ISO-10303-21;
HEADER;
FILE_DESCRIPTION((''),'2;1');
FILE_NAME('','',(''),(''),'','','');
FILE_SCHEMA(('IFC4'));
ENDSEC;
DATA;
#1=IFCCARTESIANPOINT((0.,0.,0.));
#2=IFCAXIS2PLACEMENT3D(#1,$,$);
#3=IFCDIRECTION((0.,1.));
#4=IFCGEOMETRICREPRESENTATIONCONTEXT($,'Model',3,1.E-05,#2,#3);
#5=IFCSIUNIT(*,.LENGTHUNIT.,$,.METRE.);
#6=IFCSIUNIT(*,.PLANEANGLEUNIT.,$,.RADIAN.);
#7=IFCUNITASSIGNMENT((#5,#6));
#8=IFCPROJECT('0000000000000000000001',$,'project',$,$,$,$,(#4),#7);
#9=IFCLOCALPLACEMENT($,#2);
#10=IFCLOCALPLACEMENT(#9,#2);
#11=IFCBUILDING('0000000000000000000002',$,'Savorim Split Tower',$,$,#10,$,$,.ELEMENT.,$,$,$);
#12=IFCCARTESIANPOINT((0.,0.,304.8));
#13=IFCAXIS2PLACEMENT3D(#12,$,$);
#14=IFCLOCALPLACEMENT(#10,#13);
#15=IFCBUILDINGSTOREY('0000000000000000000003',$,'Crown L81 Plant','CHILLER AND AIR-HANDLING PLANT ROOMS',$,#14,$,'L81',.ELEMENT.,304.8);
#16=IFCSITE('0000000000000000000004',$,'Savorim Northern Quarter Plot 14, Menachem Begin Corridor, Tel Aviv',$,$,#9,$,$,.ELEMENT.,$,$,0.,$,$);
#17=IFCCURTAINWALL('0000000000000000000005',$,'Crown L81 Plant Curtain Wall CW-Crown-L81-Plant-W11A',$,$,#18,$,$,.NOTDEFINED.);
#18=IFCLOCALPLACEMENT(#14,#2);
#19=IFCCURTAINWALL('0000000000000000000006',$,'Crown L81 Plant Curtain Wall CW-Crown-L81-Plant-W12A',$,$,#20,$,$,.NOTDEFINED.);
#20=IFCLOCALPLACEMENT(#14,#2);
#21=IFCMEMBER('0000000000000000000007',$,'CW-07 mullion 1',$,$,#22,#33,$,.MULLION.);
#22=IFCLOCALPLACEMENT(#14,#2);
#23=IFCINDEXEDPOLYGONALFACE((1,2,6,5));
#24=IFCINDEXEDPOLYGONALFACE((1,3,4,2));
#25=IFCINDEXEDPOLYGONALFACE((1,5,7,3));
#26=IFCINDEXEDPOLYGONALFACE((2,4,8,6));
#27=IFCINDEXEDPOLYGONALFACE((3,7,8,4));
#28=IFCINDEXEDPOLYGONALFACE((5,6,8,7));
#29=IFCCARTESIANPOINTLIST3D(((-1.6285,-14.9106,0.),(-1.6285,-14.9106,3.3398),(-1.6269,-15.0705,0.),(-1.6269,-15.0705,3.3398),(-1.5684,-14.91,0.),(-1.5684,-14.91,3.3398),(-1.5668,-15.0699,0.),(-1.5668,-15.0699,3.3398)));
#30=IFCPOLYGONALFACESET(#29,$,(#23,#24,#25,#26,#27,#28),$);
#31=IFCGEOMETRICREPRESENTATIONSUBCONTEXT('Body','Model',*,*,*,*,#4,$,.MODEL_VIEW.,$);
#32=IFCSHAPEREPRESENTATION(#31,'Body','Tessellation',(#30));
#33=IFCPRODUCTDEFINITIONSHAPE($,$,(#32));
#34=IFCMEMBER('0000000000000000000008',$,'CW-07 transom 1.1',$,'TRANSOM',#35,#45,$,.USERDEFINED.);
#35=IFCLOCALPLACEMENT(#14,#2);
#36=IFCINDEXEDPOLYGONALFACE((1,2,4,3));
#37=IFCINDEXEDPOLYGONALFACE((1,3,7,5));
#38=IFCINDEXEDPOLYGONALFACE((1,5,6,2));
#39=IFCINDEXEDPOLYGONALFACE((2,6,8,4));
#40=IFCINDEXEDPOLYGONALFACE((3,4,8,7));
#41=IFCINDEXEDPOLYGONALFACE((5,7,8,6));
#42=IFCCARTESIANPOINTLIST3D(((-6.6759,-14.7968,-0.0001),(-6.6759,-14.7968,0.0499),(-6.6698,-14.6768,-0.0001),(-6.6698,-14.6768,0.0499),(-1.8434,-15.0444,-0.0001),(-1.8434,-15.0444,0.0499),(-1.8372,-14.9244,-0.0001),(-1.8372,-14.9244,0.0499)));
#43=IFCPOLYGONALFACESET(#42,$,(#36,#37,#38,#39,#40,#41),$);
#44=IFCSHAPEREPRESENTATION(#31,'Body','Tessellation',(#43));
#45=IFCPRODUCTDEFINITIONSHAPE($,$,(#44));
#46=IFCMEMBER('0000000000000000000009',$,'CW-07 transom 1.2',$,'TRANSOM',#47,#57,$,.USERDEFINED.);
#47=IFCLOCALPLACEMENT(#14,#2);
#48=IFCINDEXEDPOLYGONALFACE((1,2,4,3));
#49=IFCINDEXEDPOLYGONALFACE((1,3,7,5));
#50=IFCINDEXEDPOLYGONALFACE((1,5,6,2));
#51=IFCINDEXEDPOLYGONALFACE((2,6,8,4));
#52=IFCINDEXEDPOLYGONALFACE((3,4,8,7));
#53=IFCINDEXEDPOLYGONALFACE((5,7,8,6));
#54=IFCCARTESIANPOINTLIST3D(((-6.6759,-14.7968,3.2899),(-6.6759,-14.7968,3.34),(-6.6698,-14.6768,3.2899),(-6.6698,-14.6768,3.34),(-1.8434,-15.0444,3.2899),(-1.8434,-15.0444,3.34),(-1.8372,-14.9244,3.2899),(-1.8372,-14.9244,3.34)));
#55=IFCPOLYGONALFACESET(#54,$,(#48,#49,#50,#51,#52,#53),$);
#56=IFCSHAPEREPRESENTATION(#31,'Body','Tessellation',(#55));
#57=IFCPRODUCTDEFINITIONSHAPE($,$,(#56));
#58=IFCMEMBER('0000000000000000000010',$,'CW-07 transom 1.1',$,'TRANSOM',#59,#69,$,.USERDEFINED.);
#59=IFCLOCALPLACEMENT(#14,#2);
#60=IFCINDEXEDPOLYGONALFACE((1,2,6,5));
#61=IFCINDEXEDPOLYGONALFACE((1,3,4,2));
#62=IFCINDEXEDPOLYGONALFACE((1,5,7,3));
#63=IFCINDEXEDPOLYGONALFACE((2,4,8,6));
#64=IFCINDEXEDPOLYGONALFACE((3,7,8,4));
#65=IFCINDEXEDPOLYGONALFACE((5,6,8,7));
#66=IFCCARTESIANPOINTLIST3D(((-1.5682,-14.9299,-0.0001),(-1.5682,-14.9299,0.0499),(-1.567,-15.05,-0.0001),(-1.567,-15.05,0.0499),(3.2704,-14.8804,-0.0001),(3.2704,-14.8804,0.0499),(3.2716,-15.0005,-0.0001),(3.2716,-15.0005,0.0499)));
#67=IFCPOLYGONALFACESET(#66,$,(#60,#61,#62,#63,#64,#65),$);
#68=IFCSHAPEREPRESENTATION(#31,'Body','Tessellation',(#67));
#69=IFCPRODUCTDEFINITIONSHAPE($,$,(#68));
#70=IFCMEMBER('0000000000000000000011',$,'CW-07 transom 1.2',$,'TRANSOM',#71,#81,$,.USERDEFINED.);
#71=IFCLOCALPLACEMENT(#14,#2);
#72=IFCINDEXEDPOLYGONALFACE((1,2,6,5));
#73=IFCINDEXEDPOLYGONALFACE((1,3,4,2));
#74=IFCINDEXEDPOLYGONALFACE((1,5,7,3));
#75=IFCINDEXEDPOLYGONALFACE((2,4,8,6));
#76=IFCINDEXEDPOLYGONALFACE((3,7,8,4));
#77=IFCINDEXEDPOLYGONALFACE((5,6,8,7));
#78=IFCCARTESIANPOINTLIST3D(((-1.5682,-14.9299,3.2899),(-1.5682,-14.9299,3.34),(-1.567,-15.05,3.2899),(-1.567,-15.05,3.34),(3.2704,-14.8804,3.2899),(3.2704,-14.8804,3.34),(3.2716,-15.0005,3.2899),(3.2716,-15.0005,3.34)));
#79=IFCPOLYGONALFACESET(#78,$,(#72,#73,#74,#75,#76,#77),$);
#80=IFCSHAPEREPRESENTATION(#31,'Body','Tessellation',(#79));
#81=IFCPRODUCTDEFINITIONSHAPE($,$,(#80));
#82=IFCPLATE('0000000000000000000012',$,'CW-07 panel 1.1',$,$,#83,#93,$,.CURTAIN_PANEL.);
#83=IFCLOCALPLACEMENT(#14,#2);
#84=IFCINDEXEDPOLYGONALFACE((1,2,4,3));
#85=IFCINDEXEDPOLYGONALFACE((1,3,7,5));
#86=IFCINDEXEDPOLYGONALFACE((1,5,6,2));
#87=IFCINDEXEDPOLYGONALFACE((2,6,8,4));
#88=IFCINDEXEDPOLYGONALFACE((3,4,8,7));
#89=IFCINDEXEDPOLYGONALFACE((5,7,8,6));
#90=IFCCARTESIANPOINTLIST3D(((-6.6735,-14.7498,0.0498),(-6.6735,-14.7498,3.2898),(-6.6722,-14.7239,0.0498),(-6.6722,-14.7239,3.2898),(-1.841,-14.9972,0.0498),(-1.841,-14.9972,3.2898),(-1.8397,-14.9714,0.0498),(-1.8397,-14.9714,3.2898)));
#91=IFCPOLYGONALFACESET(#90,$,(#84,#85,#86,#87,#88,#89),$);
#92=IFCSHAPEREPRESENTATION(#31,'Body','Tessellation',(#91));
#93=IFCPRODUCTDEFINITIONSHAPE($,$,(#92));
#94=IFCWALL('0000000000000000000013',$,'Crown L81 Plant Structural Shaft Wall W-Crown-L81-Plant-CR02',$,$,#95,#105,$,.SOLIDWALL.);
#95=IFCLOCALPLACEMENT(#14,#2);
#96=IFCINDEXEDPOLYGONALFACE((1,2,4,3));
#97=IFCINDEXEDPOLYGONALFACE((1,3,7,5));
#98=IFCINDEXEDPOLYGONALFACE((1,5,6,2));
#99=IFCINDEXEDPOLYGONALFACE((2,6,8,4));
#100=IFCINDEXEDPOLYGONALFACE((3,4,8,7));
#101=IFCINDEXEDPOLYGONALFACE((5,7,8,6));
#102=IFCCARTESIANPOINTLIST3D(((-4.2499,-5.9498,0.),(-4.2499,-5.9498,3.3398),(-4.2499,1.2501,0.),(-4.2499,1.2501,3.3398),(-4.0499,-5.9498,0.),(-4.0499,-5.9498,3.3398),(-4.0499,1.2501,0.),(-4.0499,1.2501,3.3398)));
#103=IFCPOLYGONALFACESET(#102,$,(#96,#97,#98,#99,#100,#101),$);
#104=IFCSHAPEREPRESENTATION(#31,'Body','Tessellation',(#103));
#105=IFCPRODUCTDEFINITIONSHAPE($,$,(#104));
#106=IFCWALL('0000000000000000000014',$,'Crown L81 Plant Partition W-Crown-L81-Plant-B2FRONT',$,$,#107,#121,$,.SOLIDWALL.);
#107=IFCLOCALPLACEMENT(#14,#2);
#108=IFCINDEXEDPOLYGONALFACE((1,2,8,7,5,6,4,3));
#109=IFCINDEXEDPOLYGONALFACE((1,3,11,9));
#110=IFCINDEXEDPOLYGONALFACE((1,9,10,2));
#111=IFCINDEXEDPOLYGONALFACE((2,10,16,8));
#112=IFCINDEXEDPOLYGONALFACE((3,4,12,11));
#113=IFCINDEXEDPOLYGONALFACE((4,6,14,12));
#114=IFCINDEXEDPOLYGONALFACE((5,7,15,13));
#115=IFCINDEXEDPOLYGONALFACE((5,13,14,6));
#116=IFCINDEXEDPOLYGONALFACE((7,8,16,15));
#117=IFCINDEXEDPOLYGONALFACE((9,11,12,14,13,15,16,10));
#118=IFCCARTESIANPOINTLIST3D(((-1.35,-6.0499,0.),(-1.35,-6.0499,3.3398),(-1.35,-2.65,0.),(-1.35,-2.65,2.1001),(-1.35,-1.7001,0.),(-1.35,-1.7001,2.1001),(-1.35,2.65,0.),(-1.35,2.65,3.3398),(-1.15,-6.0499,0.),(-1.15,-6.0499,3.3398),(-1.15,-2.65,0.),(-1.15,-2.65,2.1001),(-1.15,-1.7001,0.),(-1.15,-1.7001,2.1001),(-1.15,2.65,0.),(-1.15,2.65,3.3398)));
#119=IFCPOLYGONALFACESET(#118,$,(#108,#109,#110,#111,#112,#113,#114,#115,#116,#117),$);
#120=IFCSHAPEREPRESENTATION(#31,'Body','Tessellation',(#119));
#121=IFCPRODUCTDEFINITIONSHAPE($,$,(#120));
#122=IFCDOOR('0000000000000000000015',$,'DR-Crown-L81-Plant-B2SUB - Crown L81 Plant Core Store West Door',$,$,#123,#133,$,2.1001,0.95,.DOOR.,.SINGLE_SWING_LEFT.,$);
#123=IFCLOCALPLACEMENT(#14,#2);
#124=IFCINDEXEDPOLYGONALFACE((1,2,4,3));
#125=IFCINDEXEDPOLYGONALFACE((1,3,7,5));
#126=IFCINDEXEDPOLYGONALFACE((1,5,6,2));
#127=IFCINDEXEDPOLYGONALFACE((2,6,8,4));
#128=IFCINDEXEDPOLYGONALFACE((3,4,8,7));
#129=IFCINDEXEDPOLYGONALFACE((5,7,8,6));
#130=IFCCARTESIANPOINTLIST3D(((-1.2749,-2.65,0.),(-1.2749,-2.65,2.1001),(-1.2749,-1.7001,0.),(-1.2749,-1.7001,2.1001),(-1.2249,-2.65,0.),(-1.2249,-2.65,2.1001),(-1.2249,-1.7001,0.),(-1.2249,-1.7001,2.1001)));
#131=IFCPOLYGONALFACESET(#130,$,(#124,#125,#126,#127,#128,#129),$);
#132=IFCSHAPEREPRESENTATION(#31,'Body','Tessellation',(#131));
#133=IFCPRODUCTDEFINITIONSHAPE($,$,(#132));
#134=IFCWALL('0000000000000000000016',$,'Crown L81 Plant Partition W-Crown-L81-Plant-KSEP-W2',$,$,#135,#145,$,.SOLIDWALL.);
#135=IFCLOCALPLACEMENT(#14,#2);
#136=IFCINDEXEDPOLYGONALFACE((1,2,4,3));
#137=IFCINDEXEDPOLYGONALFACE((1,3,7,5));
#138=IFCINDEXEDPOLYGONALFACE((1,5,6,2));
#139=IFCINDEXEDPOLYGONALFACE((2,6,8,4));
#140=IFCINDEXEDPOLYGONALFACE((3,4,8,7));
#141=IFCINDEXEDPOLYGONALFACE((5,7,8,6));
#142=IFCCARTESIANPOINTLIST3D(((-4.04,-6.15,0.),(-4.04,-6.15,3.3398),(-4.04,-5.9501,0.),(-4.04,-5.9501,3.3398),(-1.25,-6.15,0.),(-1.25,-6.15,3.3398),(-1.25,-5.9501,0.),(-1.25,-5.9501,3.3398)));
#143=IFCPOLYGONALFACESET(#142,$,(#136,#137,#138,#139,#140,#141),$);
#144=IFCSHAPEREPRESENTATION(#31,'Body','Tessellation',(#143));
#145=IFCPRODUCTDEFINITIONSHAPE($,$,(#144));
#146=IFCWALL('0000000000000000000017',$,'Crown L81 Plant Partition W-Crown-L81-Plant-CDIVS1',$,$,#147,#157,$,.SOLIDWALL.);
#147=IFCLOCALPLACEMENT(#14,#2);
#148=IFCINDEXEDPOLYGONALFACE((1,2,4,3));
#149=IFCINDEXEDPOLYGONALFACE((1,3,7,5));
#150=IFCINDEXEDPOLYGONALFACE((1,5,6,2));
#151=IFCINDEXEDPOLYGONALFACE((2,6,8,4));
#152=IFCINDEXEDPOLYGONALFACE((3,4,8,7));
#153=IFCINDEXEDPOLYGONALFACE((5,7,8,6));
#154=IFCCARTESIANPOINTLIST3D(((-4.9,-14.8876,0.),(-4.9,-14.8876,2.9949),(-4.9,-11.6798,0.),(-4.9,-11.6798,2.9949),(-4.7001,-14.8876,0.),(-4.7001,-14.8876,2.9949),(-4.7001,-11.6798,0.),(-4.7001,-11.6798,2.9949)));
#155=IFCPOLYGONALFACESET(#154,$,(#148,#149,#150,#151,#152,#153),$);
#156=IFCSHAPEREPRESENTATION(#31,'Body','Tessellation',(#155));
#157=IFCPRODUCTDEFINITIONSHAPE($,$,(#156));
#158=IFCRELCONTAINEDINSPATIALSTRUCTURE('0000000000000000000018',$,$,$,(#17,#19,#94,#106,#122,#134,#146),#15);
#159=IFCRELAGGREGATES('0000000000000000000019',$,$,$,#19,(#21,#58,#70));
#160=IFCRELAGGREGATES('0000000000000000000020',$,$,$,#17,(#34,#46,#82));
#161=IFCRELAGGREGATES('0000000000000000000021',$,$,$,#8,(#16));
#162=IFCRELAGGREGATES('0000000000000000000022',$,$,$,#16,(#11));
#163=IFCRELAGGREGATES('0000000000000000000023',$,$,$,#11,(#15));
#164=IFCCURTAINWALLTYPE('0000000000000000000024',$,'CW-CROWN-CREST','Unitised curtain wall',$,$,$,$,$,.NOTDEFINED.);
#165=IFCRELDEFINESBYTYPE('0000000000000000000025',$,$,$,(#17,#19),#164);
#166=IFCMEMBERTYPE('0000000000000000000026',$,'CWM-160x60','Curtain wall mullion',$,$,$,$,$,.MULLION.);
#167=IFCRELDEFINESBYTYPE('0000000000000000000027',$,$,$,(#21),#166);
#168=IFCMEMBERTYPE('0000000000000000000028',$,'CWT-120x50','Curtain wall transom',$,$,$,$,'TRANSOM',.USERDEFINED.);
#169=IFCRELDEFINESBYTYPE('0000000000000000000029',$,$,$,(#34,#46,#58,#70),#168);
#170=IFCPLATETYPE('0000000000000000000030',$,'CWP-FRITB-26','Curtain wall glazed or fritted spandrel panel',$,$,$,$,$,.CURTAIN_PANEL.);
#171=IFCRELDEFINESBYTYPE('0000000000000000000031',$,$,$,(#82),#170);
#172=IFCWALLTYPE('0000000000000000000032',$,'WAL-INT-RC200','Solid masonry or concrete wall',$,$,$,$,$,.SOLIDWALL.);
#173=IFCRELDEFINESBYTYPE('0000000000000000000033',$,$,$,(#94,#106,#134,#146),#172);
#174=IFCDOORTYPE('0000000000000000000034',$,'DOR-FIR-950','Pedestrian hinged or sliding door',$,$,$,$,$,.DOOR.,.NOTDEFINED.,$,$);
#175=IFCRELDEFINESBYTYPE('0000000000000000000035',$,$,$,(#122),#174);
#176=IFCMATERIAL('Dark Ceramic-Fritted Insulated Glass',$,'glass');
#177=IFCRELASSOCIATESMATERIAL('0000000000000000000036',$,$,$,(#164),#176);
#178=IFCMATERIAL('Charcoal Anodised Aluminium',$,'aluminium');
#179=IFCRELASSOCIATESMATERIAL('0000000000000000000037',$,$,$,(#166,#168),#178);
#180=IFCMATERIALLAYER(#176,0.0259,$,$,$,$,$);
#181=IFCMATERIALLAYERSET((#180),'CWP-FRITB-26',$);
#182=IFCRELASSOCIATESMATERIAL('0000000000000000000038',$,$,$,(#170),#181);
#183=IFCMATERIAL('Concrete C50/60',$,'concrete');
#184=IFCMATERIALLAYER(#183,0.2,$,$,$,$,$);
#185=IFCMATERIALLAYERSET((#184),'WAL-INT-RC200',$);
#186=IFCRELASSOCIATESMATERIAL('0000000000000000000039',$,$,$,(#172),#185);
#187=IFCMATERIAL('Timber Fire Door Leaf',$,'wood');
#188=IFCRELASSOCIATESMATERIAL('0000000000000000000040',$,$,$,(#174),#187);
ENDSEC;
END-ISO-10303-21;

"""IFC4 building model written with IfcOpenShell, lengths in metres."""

from ifc_helpers import new_model, si_unit, direction, frame, frame_2d, origin, origin_2d, place, context, subcontext, project, spatial, rectangle, extrude, material, layer, layer_set, material_profile, profile_set, type_object, element, fill, aggregate, save


model = new_model("IFC4")

# Units and contexts
model_context = context("Model", 3, precision=1e-05, world=origin(), true_north=direction((0.0, 1.0)))
body_context = subcontext(model_context, "Body", "Model", "MODEL_VIEW")
ifc_project = project(units=[si_unit("LENGTHUNIT", "METRE"), si_unit("PLANEANGLEUNIT", "RADIAN")], contexts=[model_context])

# Site, building, storey
site_placement = place(None, origin())
site = spatial("IfcSite", under=ifc_project, at=site_placement, Name="Savorim Northern Quarter Plot 14, Menachem Begin Corridor, Tel Aviv", CompositionType="ELEMENT", RefElevation=0.0)
building_placement = place(site_placement, origin())
building = spatial("IfcBuilding", under=site, at=building_placement, Name="Savorim Split Tower", CompositionType="ELEMENT")
storey_placement = place(building_placement, frame((0.0, 0.0, 304.8)))
storey = spatial("IfcBuildingStorey", under=building, at=storey_placement, Name="Crown L81 Plant", Description="CHILLER AND AIR-HANDLING PLANT ROOMS", LongName="L81", CompositionType="ELEMENT", Elevation=304.8)

# Shared definitions
ifc_material_1 = material(Name="Dark Ceramic-Fritted Insulated Glass", Category="glass")
curtain_wall_type = type_object("IfcCurtainWallType", Name="CW-CROWN-CREST", Description="Unitised curtain wall", PredefinedType="NOTDEFINED", material=ifc_material_1)
ifc_material_2 = material(Name="Charcoal Anodised Aluminium", Category="aluminium")
ifc_material_profile_1 = material_profile(ifc_material_2, rectangle(XDim=0.1599, YDim=0.0601, at=origin_2d()), Name="ALU-M 160x60")
ifc_profile_set_1 = profile_set([ifc_material_profile_1], Name="Charcoal Anodised Aluminium")
member_type_1 = type_object("IfcMemberType", Name="CWM-160x60", Description="Curtain wall mullion", PredefinedType="MULLION", material=ifc_profile_set_1)

# Curtain wall
curtain_wall_1_placement = place(storey_placement, origin())
curtain_wall_1 = element("IfcCurtainWall", 1, at=curtain_wall_1_placement, inside=storey, type_object=curtain_wall_type, Name="Crown L81 Plant Curtain Wall CW-Crown-L81-Plant-W11A", PredefinedType="NOTDEFINED")

# Curtain wall, member
curtain_wall_2_placement = place(storey_placement, origin())
curtain_wall_2 = element("IfcCurtainWall", 2, at=curtain_wall_2_placement, inside=storey, type_object=curtain_wall_type, Name="Crown L81 Plant Curtain Wall CW-Crown-L81-Plant-W12A", PredefinedType="NOTDEFINED")
member_1_placement = place(storey_placement, frame((-1.5977, -14.9902, 0.0), z_axis=(0.0, 0.0, 1.0), x_axis=(-0.010224, 0.999948, 0.0)))
member_1 = element("IfcMember", 3, at=member_1_placement, type_object=member_type_1, Name="CW-07 mullion 1", PredefinedType="MULLION", context=body_context, shape_type="SweptSolid", body=[
    extrude(rectangle(XDim=0.1599, YDim=0.0601, at=origin_2d()), origin(), (0.0, 0.0, 1.0), 3.3398),
])

# Members
ifc_material_profile_2 = material_profile(ifc_material_2, rectangle(XDim=0.1201, YDim=0.05, at=origin_2d()), Name="ALU-T 120x50")
ifc_profile_set_2 = profile_set([ifc_material_profile_2], Name="Charcoal Anodised Aluminium")
member_type_2 = type_object("IfcMemberType", Name="CWT-120x50", Description="Curtain wall transom", ElementType="TRANSOM", PredefinedType="USERDEFINED", material=ifc_profile_set_2)
member_2_placement = place(storey_placement, frame((-6.6729, -14.7368, 0.0249), z_axis=(0.99869, -0.051161, 0.0), x_axis=(0.051161, 0.99869, 0.0)))
member_2 = element("IfcMember", 4, at=member_2_placement, type_object=member_type_2, Name="CW-07 transom 1.1", ObjectType="TRANSOM", PredefinedType="USERDEFINED", context=body_context, shape_type="SweptSolid", body=[
    extrude(rectangle(XDim=0.1201, YDim=0.05, at=origin_2d()), origin(), (0.0, 0.0, 1.0), 4.8389),
])
member_3_placement = place(storey_placement, frame((-6.6729, -14.7368, 3.3149), z_axis=(0.99869, -0.051161, 0.0), x_axis=(0.051161, 0.99869, 0.0)))
member_3 = element("IfcMember", 5, at=member_3_placement, type_object=member_type_2, Name="CW-07 transom 1.2", ObjectType="TRANSOM", PredefinedType="USERDEFINED", context=body_context, shape_type="SweptSolid", body=[
    extrude(rectangle(XDim=0.1201, YDim=0.05, at=origin_2d()), origin(), (0.0, 0.0, 1.0), 4.8389),
])
member_4_placement = place(storey_placement, frame((-1.5676, -14.99, 0.0249), z_axis=(0.999948, 0.010242, 0.0), x_axis=(-0.010242, 0.999948, 0.0)))
member_4 = element("IfcMember", 6, at=member_4_placement, type_object=member_type_2, Name="CW-07 transom 1.1", ObjectType="TRANSOM", PredefinedType="USERDEFINED", context=body_context, shape_type="SweptSolid", body=[
    extrude(rectangle(XDim=0.1201, YDim=0.05, at=origin_2d()), origin(), (0.0, 0.0, 1.0), 4.8389),
])
member_5_placement = place(storey_placement, frame((-1.5676, -14.99, 3.3149), z_axis=(0.999948, 0.010242, 0.0), x_axis=(-0.010242, 0.999948, 0.0)))
member_5 = element("IfcMember", 7, at=member_5_placement, type_object=member_type_2, Name="CW-07 transom 1.2", ObjectType="TRANSOM", PredefinedType="USERDEFINED", context=body_context, shape_type="SweptSolid", body=[
    extrude(rectangle(XDim=0.1201, YDim=0.05, at=origin_2d()), origin(), (0.0, 0.0, 1.0), 4.8389),
])
aggregate(curtain_wall_2, [member_1, member_4, member_5])

# Plate
ifc_layer_1 = layer(ifc_material_1, 0.0259)
ifc_layer_set_1 = layer_set([ifc_layer_1], Name="CWP-FRITB-26")
plate_type = type_object("IfcPlateType", Name="CWP-FRITB-26", Description="Curtain wall glazed or fritted spandrel panel", PredefinedType="CURTAIN_PANEL", material=ifc_layer_set_1)
plate_placement = place(storey_placement, frame((-4.2566, -14.8606, 0.0498), z_axis=(0.0, 0.0, 1.0), x_axis=(0.998691, -0.05114, 0.0)))
plate = element("IfcPlate", 8, at=plate_placement, type_object=plate_type, Name="CW-07 panel 1.1", PredefinedType="CURTAIN_PANEL", context=body_context, shape_type="SweptSolid", body=[
    extrude(rectangle(XDim=4.8389, YDim=0.0259, at=origin_2d()), origin(), (0.0, 0.0, 1.0), 3.24),
])
aggregate(curtain_wall_1, [member_2, member_3, plate])

# Wall
ifc_material_3 = material(Name="Concrete C50/60", Category="concrete")
ifc_layer_2 = layer(ifc_material_3, 0.2)
ifc_layer_set_2 = layer_set([ifc_layer_2], Name="WAL-INT-RC200")
wall_type_1 = type_object("IfcWallType", Name="WAL-INT-RC200", Description="Solid masonry or concrete wall", PredefinedType="SOLIDWALL", material=ifc_layer_set_2)
wall_1_placement = place(storey_placement, frame((-4.1499, -5.95, 0.0), z_axis=(0.0, 0.0, 1.0), x_axis=(0.0, 1.0, 0.0)))
element("IfcWall", 9, at=wall_1_placement, inside=storey, type_object=wall_type_1, Name="Crown L81 Plant Structural Shaft Wall W-Crown-L81-Plant-CR02", PredefinedType="SOLIDWALL", context=body_context, shape_type="SweptSolid", body=[
    extrude(rectangle(XDim=7.2, YDim=0.2, at=frame_2d((3.6001, 0.0))), origin(), (0.0, 0.0, 1.0), 3.3398),
])

# Wall, opening, door
wall_2_placement = place(storey_placement, frame((-1.25, -6.05, 0.0), z_axis=(0.0, 0.0, 1.0), x_axis=(0.0, 1.0, 0.0)))
wall_2 = element("IfcWall", 10, at=wall_2_placement, inside=storey, type_object=wall_type_1, Name="Crown L81 Plant Partition W-Crown-L81-Plant-B2FRONT", PredefinedType="SOLIDWALL", context=body_context, shape_type="SweptSolid", body=[
    extrude(rectangle(XDim=8.7, YDim=0.2, at=frame_2d((4.3501, 0.0))), origin(), (0.0, 0.0, 1.0), 3.3398),
])
opening_1_placement = place(wall_2_placement, frame((3.3999, 0.0, 0.0)))
opening_1 = element("IfcOpeningElement", 11, at=opening_1_placement, cuts=wall_2, PredefinedType="OPENING", context=body_context, shape_type="SweptSolid", body=[
    extrude(rectangle(XDim=0.95, YDim=2.1001, at=frame_2d((0.4751, 1.05))), frame((0.0, 0.1099, 0.0), z_axis=(0.0, -1.0, 0.0), x_axis=(1.0, 0.0, 0.0)), (0.0, 0.0, 1.0), 0.22),
])
ifc_material_4 = material(Name="Timber Fire Door Leaf", Category="wood")
door_type_1 = type_object("IfcDoorType", Name="DOR-FIR-950", Description="Pedestrian hinged or sliding door", OperationType="NOTDEFINED", PredefinedType="DOOR", material=ifc_material_4)
door_1_placement = place(opening_1_placement, origin())
door_1 = element("IfcDoor", 12, at=door_1_placement, inside=storey, type_object=door_type_1, Name="DR-Crown-L81-Plant-B2SUB - Crown L81 Plant Core Store West Door", OperationType="SINGLE_SWING_LEFT", OverallHeight=2.1001, OverallWidth=0.95, PredefinedType="DOOR", context=body_context, shape_type="SweptSolid", body=[
    extrude(rectangle(XDim=0.95, YDim=2.1001, at=frame_2d((0.4751, 1.05))), frame((0.0, 0.0249, 0.0), z_axis=(0.0, -1.0, 0.0), x_axis=(1.0, 0.0, 0.0)), (0.0, 0.0, 1.0), 0.05),
])
fill(opening_1, door_1)

# Walls
wall_3_placement = place(storey_placement, frame((-4.04, -6.05, 0.0), z_axis=(0.0, 0.0, 1.0), x_axis=(1.0, 0.0, 0.0)))
element("IfcWall", 13, at=wall_3_placement, inside=storey, type_object=wall_type_1, Name="Crown L81 Plant Partition W-Crown-L81-Plant-KSEP-W2", PredefinedType="SOLIDWALL", context=body_context, shape_type="SweptSolid", body=[
    extrude(rectangle(XDim=2.79, YDim=0.2, at=frame_2d((1.395, 0.0))), origin(), (0.0, 0.0, 1.0), 3.3398),
])
wall_4_placement = place(storey_placement, frame((-4.8, -14.8877, 0.0), z_axis=(0.0, 0.0, 1.0), x_axis=(0.0, 1.0, 0.0)))
element("IfcWall", 14, at=wall_4_placement, inside=storey, type_object=wall_type_1, Name="Crown L81 Plant Partition W-Crown-L81-Plant-CDIVS1", PredefinedType="SOLIDWALL", context=body_context, shape_type="SweptSolid", body=[
    extrude(rectangle(XDim=3.2078, YDim=0.2, at=frame_2d((1.604, 0.0))), origin(), (0.0, 0.0, 1.0), 2.9949),
])

save(model, "model.ifc")
